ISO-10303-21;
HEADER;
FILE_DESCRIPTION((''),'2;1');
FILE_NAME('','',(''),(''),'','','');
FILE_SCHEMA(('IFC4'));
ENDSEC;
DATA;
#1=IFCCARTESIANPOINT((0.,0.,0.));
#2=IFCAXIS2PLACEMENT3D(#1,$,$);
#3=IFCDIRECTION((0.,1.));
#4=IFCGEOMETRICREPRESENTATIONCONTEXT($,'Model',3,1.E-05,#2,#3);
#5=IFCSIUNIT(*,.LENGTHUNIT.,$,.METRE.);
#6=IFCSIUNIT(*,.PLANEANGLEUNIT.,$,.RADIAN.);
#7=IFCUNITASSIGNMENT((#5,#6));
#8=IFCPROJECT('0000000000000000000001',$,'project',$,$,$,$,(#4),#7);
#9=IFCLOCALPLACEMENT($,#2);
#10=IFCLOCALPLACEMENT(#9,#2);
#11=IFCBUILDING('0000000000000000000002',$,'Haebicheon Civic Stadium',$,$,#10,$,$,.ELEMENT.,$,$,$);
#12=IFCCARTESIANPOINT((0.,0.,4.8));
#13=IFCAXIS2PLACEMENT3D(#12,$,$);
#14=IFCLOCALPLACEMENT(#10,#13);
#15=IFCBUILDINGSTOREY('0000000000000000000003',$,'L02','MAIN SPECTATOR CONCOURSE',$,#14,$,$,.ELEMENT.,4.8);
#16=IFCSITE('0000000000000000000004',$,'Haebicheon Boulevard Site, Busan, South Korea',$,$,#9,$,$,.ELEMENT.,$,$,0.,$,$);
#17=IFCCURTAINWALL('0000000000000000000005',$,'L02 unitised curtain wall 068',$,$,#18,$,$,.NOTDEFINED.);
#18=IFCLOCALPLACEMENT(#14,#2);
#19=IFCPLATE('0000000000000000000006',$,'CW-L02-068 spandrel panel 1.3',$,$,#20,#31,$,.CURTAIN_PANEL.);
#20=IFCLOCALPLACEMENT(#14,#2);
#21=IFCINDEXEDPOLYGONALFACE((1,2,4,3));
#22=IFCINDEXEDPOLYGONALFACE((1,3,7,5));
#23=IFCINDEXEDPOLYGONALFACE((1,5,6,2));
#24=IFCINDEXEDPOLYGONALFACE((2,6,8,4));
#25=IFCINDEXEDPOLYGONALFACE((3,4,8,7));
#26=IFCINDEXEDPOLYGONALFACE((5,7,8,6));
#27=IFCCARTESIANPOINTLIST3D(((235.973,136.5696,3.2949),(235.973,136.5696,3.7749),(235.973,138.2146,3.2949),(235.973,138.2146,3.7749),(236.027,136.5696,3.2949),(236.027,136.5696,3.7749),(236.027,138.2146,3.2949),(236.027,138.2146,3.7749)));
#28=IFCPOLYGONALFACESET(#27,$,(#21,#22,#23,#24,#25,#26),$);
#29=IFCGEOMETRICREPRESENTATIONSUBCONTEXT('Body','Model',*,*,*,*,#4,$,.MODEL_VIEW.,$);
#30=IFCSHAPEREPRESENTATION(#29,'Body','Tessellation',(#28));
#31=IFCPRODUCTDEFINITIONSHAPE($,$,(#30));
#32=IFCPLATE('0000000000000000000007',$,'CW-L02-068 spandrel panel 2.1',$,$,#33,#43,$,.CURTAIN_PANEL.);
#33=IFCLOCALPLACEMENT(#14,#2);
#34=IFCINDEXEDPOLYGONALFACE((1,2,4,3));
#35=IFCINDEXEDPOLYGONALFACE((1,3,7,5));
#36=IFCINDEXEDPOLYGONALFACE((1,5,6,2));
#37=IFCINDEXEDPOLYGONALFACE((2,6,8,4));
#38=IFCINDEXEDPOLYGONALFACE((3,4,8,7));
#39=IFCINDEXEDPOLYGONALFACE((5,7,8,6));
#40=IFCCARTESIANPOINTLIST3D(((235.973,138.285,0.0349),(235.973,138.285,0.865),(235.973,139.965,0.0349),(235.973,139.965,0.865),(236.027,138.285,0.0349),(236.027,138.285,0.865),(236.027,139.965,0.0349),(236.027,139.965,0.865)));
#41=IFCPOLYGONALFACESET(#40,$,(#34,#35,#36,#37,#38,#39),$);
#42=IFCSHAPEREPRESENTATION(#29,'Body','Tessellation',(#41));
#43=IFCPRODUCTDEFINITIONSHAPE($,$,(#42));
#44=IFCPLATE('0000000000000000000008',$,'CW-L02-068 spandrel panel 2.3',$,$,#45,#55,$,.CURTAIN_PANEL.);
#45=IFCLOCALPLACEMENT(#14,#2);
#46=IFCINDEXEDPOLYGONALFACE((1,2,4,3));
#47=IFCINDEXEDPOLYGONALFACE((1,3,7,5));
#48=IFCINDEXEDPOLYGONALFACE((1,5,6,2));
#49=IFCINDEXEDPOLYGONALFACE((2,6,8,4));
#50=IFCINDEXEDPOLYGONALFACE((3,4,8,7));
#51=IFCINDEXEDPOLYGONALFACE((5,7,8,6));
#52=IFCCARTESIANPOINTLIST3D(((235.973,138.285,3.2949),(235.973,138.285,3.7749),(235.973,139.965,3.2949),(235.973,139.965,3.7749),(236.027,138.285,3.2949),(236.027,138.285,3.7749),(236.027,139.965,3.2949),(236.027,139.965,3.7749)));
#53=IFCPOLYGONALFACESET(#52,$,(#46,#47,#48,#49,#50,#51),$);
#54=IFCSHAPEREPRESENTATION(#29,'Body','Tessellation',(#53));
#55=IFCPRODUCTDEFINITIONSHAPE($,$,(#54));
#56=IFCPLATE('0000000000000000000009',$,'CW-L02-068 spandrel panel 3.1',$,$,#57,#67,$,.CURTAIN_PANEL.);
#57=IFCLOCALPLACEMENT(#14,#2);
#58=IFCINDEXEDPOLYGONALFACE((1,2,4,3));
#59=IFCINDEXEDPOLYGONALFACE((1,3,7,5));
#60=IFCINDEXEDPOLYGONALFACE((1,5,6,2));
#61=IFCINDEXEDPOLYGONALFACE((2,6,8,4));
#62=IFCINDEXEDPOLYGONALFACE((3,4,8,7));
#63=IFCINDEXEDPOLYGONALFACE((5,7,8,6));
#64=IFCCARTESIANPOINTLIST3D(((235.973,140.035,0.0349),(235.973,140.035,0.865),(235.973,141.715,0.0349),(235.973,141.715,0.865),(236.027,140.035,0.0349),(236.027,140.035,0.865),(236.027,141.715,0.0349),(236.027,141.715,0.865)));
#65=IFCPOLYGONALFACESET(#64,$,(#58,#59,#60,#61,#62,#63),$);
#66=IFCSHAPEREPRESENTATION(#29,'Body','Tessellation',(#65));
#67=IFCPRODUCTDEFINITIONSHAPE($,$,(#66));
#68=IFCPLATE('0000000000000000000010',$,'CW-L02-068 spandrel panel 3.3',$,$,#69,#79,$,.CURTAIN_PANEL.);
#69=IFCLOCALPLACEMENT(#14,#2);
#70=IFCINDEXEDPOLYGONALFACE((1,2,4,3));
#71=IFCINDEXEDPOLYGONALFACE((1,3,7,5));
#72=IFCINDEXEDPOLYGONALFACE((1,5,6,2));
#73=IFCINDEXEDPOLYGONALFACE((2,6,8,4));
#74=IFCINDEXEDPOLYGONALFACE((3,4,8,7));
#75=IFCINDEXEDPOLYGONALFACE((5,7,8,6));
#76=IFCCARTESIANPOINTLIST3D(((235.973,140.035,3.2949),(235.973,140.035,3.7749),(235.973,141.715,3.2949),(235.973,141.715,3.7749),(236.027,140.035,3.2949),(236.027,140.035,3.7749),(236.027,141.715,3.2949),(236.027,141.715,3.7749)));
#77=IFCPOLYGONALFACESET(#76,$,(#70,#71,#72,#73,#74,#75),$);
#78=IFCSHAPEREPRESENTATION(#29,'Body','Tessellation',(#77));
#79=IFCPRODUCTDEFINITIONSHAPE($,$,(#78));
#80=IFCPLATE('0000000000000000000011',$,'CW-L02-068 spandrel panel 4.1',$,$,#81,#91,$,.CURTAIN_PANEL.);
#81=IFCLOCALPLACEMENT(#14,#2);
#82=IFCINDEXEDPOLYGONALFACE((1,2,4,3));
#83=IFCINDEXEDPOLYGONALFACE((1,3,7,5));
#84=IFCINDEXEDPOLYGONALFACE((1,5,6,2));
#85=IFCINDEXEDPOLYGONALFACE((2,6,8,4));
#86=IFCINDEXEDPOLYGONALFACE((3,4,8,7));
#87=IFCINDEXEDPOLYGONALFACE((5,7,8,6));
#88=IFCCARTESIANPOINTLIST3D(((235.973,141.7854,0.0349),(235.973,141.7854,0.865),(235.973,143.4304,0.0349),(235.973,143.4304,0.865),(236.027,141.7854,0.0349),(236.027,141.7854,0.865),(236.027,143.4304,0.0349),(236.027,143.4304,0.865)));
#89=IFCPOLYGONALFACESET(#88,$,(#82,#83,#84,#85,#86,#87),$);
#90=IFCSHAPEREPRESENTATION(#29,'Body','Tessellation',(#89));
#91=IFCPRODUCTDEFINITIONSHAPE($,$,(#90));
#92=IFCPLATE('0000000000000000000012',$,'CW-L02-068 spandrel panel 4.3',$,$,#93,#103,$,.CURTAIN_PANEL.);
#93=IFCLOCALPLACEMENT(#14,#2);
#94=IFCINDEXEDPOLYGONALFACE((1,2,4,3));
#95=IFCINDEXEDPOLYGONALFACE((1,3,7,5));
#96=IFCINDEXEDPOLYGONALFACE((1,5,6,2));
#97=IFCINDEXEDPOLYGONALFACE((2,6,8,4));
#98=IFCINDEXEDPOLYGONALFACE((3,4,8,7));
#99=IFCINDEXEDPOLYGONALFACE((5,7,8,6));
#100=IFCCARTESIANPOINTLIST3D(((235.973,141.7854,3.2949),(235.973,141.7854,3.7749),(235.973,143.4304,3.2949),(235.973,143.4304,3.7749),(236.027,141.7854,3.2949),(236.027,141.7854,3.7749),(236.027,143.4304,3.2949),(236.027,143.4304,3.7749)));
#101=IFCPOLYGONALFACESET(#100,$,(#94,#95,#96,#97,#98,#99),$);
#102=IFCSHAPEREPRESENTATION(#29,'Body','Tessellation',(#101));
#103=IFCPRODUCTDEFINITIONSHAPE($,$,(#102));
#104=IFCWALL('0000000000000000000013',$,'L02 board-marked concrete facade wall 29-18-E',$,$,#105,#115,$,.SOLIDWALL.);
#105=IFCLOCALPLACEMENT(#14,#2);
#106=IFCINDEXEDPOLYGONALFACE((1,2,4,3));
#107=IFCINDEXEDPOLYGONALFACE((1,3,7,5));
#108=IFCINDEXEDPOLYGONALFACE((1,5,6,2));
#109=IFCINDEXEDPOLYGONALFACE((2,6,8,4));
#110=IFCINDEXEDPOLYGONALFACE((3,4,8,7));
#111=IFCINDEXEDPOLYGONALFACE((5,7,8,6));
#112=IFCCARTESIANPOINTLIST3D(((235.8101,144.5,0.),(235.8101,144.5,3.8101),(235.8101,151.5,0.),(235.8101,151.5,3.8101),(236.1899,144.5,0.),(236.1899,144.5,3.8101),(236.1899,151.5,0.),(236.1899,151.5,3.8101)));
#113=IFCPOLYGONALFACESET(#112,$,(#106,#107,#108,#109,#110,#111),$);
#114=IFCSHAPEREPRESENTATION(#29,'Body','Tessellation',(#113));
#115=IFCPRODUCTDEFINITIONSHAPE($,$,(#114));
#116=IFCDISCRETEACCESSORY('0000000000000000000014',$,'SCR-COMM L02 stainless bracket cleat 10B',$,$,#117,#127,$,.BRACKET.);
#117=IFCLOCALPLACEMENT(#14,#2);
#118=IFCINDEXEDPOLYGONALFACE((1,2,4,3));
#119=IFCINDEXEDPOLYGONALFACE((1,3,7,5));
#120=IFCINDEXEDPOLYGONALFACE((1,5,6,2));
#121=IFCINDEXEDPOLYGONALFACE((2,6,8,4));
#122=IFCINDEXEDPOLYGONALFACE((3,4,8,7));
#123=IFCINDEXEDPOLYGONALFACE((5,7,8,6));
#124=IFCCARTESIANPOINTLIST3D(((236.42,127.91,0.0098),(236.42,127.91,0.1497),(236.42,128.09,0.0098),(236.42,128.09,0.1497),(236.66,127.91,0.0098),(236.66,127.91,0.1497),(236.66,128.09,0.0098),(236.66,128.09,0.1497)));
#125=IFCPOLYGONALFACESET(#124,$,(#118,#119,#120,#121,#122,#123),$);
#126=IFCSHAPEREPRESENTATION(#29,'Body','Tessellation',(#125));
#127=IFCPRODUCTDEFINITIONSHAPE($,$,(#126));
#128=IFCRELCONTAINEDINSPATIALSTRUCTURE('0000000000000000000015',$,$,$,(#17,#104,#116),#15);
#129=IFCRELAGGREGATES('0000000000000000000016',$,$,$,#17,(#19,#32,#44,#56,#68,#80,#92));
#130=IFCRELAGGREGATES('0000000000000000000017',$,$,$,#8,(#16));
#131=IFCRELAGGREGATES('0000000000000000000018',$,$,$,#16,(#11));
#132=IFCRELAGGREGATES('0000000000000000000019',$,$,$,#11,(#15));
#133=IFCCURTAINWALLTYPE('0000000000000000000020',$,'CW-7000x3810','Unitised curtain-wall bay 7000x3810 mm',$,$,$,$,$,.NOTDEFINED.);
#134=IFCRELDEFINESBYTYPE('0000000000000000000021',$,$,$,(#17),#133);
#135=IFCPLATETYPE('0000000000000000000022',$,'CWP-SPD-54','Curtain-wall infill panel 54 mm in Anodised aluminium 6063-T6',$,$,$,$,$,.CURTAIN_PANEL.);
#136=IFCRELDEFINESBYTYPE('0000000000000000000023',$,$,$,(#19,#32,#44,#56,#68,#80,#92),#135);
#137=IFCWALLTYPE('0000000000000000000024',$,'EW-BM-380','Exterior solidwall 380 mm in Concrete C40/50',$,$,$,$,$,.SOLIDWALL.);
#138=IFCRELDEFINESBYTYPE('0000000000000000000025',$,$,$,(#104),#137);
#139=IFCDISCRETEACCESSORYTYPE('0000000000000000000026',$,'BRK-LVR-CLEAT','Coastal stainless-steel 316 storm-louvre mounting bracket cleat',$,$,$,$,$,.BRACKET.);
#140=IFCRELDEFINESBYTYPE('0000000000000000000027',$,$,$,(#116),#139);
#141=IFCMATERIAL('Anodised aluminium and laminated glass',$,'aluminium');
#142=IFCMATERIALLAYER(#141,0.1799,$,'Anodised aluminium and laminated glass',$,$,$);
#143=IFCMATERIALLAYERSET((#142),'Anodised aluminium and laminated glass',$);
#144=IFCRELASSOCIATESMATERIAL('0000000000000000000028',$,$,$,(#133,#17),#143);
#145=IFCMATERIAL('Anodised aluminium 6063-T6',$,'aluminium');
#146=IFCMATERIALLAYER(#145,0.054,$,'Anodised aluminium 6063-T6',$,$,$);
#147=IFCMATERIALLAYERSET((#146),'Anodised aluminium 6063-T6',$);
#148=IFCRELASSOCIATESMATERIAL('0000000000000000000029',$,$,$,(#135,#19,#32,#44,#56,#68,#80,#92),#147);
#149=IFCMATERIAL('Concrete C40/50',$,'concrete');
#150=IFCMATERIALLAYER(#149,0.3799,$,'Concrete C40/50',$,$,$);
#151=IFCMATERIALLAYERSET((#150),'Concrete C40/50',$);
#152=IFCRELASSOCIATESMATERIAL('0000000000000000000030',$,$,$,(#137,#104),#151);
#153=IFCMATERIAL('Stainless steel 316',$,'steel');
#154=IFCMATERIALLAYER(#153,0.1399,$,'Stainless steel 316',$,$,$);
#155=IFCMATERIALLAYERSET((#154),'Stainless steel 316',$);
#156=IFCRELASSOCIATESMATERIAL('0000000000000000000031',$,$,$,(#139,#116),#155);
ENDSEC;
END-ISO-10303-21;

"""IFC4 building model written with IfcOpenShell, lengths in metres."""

from ifc_helpers import new_model, si_unit, direction, frame, frame_2d, origin, origin_2d, place, context, subcontext, project, spatial, rectangle, extrude, material, layer, layer_set, type_object, element, aggregate, save


model = new_model("IFC4")

# Units and contexts
model_context = context("Model", 3, precision=1e-05, world=origin(), true_north=direction((0.0, 1.0)))
body_context = subcontext(model_context, "Body", "Model", "MODEL_VIEW")
ifc_project = project(units=[si_unit("LENGTHUNIT", "METRE"), si_unit("PLANEANGLEUNIT", "RADIAN")], contexts=[model_context])

# Site, building, storey
site_placement = place(None, origin())
site = spatial("IfcSite", under=ifc_project, at=site_placement, Name="Haebicheon Boulevard Site, Busan, South Korea", CompositionType="ELEMENT", RefElevation=0.0)
building_placement = place(site_placement, origin())
building = spatial("IfcBuilding", under=site, at=building_placement, Name="Haebicheon Civic Stadium", CompositionType="ELEMENT")
storey_placement = place(building_placement, frame((0.0, 0.0, 4.8)))
storey = spatial("IfcBuildingStorey", under=building, at=storey_placement, Name="L02", Description="MAIN SPECTATOR CONCOURSE", CompositionType="ELEMENT", Elevation=4.8)

# Curtain wall
ifc_material_1 = material(Name="Anodised aluminium and laminated glass", Category="aluminium")
ifc_layer_1 = layer(ifc_material_1, 0.1799, Name="Anodised aluminium and laminated glass")
ifc_layer_set_1 = layer_set([ifc_layer_1], Name="Anodised aluminium and laminated glass")
curtain_wall_type = type_object("IfcCurtainWallType", Name="CW-7000x3810", Description="Unitised curtain-wall bay 7000x3810 mm", PredefinedType="NOTDEFINED", material=ifc_layer_set_1)
curtain_wall_placement = place(storey_placement, origin())
curtain_wall = element("IfcCurtainWall", 1, at=curtain_wall_placement, inside=storey, type_object=curtain_wall_type, material=ifc_layer_set_1, Name="L02 unitised curtain wall 068", PredefinedType="NOTDEFINED")

# Plates
ifc_material_2 = material(Name="Anodised aluminium 6063-T6", Category="aluminium")
ifc_layer_2 = layer(ifc_material_2, 0.054, Name="Anodised aluminium 6063-T6")
ifc_layer_set_2 = layer_set([ifc_layer_2], Name="Anodised aluminium 6063-T6")
plate_type_1 = type_object("IfcPlateType", Name="CWP-SPD-54", Description="Curtain-wall infill panel 54 mm in Anodised aluminium 6063-T6", PredefinedType="CURTAIN_PANEL", material=ifc_layer_set_2)
plate_1_placement = place(storey_placement, frame((236.0, 137.3921, 3.2949), z_axis=(0.0, 0.0, 1.0), x_axis=(0.0, 1.0, 0.0)))
plate_1 = element("IfcPlate", 2, at=plate_1_placement, type_object=plate_type_1, material=ifc_layer_set_2, Name="CW-L02-068 spandrel panel 1.3", PredefinedType="CURTAIN_PANEL", context=body_context, shape_type="SweptSolid", body=[
    extrude(rectangle(XDim=1.645, YDim=0.054, at=origin_2d()), origin(), (0.0, 0.0, 1.0), 0.48),
])
plate_2_placement = place(storey_placement, frame((236.0, 139.125, 0.0349), z_axis=(0.0, 0.0, 1.0), x_axis=(0.0, 1.0, 0.0)))
plate_2 = element("IfcPlate", 3, at=plate_2_placement, type_object=plate_type_1, material=ifc_layer_set_2, Name="CW-L02-068 spandrel panel 2.1", PredefinedType="CURTAIN_PANEL", context=body_context, shape_type="SweptSolid", body=[
    extrude(rectangle(XDim=1.6799, YDim=0.054, at=origin_2d()), origin(), (0.0, 0.0, 1.0), 0.8301),
])
plate_3_placement = place(storey_placement, frame((236.0, 139.125, 3.2949), z_axis=(0.0, 0.0, 1.0), x_axis=(0.0, 1.0, 0.0)))
plate_3 = element("IfcPlate", 4, at=plate_3_placement, type_object=plate_type_1, material=ifc_layer_set_2, Name="CW-L02-068 spandrel panel 2.3", PredefinedType="CURTAIN_PANEL", context=body_context, shape_type="SweptSolid", body=[
    extrude(rectangle(XDim=1.6799, YDim=0.054, at=origin_2d()), origin(), (0.0, 0.0, 1.0), 0.48),
])
plate_4_placement = place(storey_placement, frame((236.0, 140.875, 0.0349), z_axis=(0.0, 0.0, 1.0), x_axis=(0.0, 1.0, 0.0)))
plate_4 = element("IfcPlate", 5, at=plate_4_placement, type_object=plate_type_1, material=ifc_layer_set_2, Name="CW-L02-068 spandrel panel 3.1", PredefinedType="CURTAIN_PANEL", context=body_context, shape_type="SweptSolid", body=[
    extrude(rectangle(XDim=1.6799, YDim=0.054, at=origin_2d()), origin(), (0.0, 0.0, 1.0), 0.8301),
])
plate_5_placement = place(storey_placement, frame((236.0, 140.875, 3.2949), z_axis=(0.0, 0.0, 1.0), x_axis=(0.0, 1.0, 0.0)))
plate_5 = element("IfcPlate", 6, at=plate_5_placement, type_object=plate_type_1, material=ifc_layer_set_2, Name="CW-L02-068 spandrel panel 3.3", PredefinedType="CURTAIN_PANEL", context=body_context, shape_type="SweptSolid", body=[
    extrude(rectangle(XDim=1.6799, YDim=0.054, at=origin_2d()), origin(), (0.0, 0.0, 1.0), 0.48),
])
plate_6_placement = place(storey_placement, frame((236.0, 142.6079, 0.0349), z_axis=(0.0, 0.0, 1.0), x_axis=(0.0, 1.0, 0.0)))
plate_6 = element("IfcPlate", 7, at=plate_6_placement, type_object=plate_type_1, material=ifc_layer_set_2, Name="CW-L02-068 spandrel panel 4.1", PredefinedType="CURTAIN_PANEL", context=body_context, shape_type="SweptSolid", body=[
    extrude(rectangle(XDim=1.645, YDim=0.054, at=origin_2d()), origin(), (0.0, 0.0, 1.0), 0.8301),
])
plate_7_placement = place(storey_placement, frame((236.0, 142.6079, 3.2949), z_axis=(0.0, 0.0, 1.0), x_axis=(0.0, 1.0, 0.0)))
plate_7 = element("IfcPlate", 8, at=plate_7_placement, type_object=plate_type_1, material=ifc_layer_set_2, Name="CW-L02-068 spandrel panel 4.3", PredefinedType="CURTAIN_PANEL", context=body_context, shape_type="SweptSolid", body=[
    extrude(rectangle(XDim=1.645, YDim=0.054, at=origin_2d()), origin(), (0.0, 0.0, 1.0), 0.48),
])
aggregate(curtain_wall, [plate_1, plate_2, plate_3, plate_4, plate_5, plate_6, plate_7])

# Wall
ifc_material_3 = material(Name="Concrete C40/50", Category="concrete")
ifc_layer_3 = layer(ifc_material_3, 0.3799, Name="Concrete C40/50")
ifc_layer_set_3 = layer_set([ifc_layer_3], Name="Concrete C40/50")
wall_type = type_object("IfcWallType", Name="EW-BM-380", Description="Exterior solidwall 380 mm in Concrete C40/50", PredefinedType="SOLIDWALL", material=ifc_layer_set_3)
wall_placement = place(storey_placement, frame((236.0, 144.5, 0.0), z_axis=(0.0, 0.0, 1.0), x_axis=(0.0, 1.0, 0.0)))
element("IfcWall", 9, at=wall_placement, inside=storey, type_object=wall_type, material=ifc_layer_set_3, Name="L02 board-marked concrete facade wall 29-18-E", PredefinedType="SOLIDWALL", context=body_context, shape_type="SweptSolid", body=[
    extrude(rectangle(XDim=7.0, YDim=0.3799, at=frame_2d((3.5, 0.0))), origin(), (0.0, 0.0, 1.0), 3.8101),
])

# Discrete accessory
ifc_material_4 = material(Name="Stainless steel 316", Category="steel")
ifc_layer_4 = layer(ifc_material_4, 0.1399, Name="Stainless steel 316")
ifc_layer_set_4 = layer_set([ifc_layer_4], Name="Stainless steel 316")
discrete_accessory_type = type_object("IfcDiscreteAccessoryType", Name="BRK-LVR-CLEAT", Description="Coastal stainless-steel 316 storm-louvre mounting bracket cleat", PredefinedType="BRACKET", material=ifc_layer_set_4)
discrete_accessory_placement = place(storey_placement, frame((236.54, 128.0, 0.0098), z_axis=(0.0, 0.0, 1.0), x_axis=(1.0, 0.0, 0.0)))
element("IfcDiscreteAccessory", 10, at=discrete_accessory_placement, inside=storey, type_object=discrete_accessory_type, material=ifc_layer_set_4, Name="SCR-COMM L02 stainless bracket cleat 10B", PredefinedType="BRACKET", context=body_context, shape_type="SweptSolid", body=[
    extrude(rectangle(XDim=0.24, YDim=0.1799, at=origin_2d()), origin(), (0.0, 0.0, 1.0), 0.1399),
])

save(model, "model.ifc")
